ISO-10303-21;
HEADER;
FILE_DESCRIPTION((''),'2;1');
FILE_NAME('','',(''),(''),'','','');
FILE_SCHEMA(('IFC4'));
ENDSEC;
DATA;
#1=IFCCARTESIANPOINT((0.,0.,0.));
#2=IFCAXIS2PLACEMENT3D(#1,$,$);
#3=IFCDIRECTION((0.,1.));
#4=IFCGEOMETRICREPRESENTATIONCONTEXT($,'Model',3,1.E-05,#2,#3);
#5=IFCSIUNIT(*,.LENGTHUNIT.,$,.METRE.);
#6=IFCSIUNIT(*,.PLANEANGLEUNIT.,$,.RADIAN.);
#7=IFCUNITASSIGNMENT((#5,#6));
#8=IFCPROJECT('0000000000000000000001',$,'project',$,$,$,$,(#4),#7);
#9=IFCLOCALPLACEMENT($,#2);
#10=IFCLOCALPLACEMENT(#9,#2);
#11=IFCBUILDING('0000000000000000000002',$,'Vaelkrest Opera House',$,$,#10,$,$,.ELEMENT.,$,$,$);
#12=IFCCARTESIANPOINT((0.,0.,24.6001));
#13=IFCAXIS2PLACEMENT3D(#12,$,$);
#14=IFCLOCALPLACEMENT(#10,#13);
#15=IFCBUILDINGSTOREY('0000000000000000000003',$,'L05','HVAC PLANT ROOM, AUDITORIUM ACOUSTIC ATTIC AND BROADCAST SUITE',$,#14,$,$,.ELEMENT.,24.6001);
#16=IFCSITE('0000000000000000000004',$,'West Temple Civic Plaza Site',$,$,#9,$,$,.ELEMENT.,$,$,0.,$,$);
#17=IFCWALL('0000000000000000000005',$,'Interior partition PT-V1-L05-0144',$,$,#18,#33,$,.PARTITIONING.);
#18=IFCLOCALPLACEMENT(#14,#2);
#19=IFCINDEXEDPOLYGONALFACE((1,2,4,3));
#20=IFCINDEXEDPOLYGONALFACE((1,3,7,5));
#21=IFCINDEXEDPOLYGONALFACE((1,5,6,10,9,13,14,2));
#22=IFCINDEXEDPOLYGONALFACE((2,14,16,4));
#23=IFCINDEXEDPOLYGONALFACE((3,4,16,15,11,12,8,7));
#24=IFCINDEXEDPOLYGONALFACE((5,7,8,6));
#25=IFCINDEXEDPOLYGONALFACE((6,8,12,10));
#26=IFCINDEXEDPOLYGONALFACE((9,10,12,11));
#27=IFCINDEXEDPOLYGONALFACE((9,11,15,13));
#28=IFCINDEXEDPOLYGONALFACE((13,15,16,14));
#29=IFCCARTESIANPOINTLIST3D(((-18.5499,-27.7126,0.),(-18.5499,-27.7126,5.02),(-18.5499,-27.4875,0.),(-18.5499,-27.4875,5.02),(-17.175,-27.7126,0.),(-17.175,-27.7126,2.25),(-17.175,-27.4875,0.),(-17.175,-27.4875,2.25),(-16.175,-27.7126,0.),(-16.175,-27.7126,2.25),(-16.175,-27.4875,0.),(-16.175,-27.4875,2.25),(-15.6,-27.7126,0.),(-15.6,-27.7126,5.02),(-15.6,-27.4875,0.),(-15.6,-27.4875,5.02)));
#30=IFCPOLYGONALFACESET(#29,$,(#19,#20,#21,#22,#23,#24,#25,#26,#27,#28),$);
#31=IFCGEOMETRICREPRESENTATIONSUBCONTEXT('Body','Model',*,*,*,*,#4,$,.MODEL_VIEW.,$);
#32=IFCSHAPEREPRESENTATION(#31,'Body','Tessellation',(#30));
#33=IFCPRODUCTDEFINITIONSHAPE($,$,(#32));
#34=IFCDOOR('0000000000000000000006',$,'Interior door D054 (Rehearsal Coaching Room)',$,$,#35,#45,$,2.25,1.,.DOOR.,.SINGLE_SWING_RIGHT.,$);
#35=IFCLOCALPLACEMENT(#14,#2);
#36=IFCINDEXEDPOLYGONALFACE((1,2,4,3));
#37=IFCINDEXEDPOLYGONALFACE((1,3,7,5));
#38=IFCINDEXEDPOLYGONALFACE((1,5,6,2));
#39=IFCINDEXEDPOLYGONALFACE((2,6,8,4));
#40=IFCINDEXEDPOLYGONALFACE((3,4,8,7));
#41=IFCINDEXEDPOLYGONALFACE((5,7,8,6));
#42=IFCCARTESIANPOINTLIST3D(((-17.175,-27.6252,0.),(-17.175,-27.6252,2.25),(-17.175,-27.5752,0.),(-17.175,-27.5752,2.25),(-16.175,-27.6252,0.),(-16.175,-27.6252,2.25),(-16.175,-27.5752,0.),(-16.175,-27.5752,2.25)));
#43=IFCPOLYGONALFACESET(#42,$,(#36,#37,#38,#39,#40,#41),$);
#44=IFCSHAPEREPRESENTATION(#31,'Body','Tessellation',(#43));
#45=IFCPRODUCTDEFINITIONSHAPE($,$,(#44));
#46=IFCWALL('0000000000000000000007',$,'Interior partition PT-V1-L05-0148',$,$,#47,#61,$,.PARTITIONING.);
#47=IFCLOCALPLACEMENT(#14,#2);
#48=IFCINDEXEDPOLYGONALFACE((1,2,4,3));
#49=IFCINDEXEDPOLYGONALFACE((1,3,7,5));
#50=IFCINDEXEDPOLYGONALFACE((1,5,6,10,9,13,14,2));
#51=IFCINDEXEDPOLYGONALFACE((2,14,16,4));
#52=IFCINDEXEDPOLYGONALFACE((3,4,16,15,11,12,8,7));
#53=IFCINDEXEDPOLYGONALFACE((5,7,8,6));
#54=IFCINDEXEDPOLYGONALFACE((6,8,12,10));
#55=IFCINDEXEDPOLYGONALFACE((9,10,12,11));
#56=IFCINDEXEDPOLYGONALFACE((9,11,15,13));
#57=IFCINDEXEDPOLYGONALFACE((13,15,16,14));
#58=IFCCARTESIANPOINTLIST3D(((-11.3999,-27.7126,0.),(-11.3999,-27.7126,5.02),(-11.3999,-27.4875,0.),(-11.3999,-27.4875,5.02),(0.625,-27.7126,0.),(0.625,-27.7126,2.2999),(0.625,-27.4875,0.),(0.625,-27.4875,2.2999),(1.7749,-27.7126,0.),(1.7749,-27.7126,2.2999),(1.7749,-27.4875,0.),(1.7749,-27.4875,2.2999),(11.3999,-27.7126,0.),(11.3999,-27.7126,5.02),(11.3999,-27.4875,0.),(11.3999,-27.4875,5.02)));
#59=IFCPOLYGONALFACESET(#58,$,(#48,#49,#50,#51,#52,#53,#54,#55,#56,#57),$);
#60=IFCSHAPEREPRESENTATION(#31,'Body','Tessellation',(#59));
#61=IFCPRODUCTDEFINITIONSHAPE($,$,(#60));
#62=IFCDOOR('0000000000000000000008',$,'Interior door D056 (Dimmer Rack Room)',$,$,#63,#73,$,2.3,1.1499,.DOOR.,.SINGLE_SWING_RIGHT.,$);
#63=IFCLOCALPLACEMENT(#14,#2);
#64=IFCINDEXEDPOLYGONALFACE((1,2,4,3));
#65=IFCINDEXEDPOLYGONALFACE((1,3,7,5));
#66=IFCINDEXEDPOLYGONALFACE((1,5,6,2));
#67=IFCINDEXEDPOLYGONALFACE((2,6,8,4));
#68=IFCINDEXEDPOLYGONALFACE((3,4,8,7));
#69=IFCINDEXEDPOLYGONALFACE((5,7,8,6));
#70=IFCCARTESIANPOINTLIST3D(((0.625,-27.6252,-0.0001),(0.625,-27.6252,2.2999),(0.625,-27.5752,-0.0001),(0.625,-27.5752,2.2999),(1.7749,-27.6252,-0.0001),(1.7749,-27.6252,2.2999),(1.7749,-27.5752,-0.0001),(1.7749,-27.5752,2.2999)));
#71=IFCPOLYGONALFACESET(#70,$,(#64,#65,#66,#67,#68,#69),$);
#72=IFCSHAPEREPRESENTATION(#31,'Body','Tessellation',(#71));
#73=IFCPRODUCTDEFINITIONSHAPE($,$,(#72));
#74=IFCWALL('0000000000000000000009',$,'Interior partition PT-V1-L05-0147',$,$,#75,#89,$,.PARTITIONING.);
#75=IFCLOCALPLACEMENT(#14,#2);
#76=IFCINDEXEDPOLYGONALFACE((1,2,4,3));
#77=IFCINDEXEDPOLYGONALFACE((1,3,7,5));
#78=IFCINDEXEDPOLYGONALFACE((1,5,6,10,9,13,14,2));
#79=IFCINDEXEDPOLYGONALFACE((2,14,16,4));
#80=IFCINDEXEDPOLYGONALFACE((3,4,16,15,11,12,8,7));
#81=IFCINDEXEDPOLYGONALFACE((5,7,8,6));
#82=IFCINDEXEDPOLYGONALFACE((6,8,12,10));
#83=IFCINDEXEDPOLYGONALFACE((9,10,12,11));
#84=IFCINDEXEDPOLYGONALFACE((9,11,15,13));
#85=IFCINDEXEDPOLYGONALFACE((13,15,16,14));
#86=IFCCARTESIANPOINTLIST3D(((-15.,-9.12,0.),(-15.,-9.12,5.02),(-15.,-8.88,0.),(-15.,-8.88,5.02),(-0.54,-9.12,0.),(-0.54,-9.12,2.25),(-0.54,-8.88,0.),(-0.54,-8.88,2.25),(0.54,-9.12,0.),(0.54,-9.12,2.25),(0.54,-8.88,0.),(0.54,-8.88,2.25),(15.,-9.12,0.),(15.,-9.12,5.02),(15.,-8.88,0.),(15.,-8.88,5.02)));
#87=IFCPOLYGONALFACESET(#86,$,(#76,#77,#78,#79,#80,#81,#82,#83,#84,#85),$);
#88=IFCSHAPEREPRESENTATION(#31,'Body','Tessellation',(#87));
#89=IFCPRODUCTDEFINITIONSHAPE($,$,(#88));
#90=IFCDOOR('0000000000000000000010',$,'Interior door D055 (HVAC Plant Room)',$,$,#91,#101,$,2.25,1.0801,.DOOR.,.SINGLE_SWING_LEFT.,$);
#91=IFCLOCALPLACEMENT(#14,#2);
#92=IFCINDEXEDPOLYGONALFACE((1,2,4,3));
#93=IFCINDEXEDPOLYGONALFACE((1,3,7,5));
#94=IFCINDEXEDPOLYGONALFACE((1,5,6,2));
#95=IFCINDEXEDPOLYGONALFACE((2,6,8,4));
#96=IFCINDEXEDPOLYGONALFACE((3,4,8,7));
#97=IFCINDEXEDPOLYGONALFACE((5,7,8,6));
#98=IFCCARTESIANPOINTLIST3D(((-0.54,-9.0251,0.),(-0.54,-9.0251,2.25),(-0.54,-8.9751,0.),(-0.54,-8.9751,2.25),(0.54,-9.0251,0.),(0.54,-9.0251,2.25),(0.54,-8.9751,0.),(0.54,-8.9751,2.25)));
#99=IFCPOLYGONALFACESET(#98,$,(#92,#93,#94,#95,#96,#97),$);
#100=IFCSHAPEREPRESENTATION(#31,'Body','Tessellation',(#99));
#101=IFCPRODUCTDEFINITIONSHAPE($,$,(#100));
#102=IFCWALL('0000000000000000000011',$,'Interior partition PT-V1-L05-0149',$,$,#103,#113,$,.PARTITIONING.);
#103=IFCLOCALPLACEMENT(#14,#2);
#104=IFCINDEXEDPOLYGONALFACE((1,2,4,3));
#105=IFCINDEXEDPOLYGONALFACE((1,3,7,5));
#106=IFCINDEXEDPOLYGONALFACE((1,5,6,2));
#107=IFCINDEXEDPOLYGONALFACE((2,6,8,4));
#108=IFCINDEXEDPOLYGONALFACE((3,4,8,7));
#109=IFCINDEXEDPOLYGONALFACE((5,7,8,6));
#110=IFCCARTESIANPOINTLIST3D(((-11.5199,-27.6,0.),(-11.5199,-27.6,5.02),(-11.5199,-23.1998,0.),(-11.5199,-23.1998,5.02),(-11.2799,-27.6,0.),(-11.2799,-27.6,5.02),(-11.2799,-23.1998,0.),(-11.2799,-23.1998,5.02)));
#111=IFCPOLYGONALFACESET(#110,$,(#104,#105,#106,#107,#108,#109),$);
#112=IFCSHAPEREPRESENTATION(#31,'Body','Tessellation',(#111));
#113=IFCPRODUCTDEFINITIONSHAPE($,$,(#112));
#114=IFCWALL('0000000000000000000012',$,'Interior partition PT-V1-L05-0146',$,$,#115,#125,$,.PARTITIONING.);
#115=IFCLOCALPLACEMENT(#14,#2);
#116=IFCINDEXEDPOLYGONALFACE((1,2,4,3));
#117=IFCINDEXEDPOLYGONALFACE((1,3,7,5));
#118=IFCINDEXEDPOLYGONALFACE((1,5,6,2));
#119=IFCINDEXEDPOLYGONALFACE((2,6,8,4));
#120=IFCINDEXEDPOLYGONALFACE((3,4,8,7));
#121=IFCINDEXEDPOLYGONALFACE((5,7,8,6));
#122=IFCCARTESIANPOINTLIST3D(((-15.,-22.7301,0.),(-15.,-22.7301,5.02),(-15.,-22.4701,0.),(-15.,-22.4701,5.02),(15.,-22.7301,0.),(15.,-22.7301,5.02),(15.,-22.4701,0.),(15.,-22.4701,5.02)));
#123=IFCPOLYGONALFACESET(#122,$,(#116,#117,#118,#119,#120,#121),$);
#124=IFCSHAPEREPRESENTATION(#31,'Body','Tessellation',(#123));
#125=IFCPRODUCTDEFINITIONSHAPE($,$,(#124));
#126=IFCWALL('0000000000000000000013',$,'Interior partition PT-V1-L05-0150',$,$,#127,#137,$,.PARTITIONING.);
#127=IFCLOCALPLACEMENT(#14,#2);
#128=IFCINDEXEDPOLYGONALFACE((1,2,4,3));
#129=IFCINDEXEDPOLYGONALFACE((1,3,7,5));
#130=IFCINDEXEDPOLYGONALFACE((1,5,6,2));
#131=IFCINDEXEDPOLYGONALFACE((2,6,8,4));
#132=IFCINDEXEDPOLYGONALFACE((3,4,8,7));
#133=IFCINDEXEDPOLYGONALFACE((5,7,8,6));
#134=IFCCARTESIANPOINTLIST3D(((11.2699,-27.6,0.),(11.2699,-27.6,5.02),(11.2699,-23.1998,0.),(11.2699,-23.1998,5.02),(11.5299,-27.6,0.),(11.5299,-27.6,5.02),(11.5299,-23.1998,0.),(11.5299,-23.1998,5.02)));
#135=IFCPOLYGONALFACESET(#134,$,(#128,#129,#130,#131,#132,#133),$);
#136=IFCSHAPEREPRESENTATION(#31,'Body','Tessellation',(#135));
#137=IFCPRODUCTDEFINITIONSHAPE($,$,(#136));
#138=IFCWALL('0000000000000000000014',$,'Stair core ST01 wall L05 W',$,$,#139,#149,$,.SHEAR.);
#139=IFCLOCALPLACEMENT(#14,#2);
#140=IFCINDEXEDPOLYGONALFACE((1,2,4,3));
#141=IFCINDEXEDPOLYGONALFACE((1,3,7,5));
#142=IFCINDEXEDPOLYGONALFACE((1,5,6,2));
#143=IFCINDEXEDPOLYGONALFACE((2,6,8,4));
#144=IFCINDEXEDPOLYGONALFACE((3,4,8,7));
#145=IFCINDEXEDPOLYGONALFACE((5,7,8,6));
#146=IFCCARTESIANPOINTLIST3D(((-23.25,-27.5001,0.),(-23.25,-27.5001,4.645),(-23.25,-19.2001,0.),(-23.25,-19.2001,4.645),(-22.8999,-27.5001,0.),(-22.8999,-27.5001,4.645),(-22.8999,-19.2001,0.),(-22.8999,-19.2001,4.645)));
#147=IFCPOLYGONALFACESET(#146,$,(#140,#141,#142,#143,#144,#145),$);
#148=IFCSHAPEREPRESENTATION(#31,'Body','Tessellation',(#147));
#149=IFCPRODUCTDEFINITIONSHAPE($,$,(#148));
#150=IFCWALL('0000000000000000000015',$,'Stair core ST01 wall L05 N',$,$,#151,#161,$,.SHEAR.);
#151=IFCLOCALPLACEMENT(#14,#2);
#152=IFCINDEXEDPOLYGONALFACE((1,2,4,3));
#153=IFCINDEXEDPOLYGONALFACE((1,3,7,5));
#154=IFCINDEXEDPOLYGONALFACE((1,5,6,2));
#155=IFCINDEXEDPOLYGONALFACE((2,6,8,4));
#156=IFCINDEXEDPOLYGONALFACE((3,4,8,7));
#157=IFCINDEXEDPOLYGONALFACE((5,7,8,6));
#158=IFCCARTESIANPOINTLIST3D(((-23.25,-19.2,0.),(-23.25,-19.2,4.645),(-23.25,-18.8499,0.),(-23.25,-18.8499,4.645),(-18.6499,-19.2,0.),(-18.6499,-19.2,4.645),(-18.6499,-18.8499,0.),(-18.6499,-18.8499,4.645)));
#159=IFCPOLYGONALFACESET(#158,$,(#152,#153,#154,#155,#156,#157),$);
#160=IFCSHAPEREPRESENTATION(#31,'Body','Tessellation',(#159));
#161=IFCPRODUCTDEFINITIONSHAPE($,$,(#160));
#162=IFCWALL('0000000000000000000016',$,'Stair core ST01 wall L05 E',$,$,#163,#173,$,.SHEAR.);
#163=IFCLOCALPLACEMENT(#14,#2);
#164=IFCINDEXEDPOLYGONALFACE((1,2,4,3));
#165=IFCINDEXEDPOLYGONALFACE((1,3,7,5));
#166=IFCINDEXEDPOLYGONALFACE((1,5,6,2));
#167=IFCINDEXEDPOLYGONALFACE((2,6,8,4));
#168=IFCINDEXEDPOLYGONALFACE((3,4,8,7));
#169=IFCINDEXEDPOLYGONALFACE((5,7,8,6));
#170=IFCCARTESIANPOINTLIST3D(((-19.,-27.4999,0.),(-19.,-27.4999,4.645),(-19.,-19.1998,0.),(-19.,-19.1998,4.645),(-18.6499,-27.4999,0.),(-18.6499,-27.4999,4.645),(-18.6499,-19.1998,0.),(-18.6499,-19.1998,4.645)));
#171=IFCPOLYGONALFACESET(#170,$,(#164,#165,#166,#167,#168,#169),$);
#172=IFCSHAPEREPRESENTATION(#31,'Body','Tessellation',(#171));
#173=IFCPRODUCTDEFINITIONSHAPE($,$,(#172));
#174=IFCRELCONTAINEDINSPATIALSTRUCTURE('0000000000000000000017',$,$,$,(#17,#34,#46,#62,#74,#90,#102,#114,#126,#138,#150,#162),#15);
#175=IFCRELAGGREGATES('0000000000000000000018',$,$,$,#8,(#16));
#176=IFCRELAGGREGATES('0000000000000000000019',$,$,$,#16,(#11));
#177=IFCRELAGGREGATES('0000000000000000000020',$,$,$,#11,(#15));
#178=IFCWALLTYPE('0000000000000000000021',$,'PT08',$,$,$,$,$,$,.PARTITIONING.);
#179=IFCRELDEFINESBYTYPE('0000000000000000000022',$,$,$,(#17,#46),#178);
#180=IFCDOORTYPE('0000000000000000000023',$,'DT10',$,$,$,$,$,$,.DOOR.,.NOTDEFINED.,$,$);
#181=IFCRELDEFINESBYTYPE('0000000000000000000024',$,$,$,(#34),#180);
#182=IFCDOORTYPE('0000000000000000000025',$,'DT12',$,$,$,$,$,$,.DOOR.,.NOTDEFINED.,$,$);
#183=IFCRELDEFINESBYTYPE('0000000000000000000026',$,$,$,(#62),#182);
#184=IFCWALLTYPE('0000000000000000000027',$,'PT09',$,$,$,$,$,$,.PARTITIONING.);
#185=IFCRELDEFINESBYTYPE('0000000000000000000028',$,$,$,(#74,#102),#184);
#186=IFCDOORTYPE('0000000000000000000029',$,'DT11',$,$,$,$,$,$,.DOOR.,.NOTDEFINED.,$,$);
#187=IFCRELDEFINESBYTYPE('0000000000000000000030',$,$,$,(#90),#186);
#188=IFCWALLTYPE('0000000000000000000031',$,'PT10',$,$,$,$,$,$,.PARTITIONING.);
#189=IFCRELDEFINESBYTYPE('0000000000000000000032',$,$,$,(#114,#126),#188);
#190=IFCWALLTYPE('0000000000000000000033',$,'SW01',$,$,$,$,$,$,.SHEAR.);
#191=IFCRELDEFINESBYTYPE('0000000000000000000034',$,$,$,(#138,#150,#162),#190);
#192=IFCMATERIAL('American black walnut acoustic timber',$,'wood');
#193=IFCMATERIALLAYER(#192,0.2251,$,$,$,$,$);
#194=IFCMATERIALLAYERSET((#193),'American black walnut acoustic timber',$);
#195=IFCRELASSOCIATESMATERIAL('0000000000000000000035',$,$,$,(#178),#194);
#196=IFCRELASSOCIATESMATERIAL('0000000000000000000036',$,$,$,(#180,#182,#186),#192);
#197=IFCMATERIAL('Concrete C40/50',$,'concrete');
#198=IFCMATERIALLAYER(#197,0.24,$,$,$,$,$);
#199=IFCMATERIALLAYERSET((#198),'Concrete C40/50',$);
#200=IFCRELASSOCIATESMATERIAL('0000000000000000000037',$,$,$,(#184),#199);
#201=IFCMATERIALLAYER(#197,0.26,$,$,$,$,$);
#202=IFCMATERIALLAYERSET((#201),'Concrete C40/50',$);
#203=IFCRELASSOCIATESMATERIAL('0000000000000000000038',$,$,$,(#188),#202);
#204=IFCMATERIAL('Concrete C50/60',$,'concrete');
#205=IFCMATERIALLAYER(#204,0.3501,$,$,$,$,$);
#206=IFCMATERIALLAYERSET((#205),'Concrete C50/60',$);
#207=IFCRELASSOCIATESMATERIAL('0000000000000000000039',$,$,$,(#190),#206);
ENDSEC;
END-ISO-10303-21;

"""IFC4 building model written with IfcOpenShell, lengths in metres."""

from ifc_helpers import new_model, si_unit, direction, frame, frame_2d, origin, place, context, subcontext, project, spatial, rectangle, extrude, material, layer, layer_set, type_object, element, fill, save


model = new_model("IFC4")

# Units and contexts
model_context = context("Model", 3, precision=1e-05, world=origin(), true_north=direction((0.0, 1.0)))
body_context = subcontext(model_context, "Body", "Model", "MODEL_VIEW")
ifc_project = project(units=[si_unit("LENGTHUNIT", "METRE"), si_unit("PLANEANGLEUNIT", "RADIAN")], contexts=[model_context])

# Site, building, storey
site_placement = place(None, origin())
site = spatial("IfcSite", under=ifc_project, at=site_placement, Name="West Temple Civic Plaza Site", CompositionType="ELEMENT", RefElevation=0.0)
building_placement = place(site_placement, origin())
building = spatial("IfcBuilding", under=site, at=building_placement, Name="Vaelkrest Opera House", CompositionType="ELEMENT")
storey_placement = place(building_placement, frame((0.0, 0.0, 24.6001)))
storey = spatial("IfcBuildingStorey", under=building, at=storey_placement, Name="L05", Description="HVAC PLANT ROOM, AUDITORIUM ACOUSTIC ATTIC AND BROADCAST SUITE", CompositionType="ELEMENT", Elevation=24.6001)

# Shared definitions
ifc_material_1 = material(Name="Concrete C50/60", Category="concrete")

# Shared definitions
ifc_material_2 = material(Name="American black walnut acoustic timber", Category="wood")

# Walls, openings, doors
ifc_layer_1 = layer(ifc_material_2, 0.2251)
ifc_layer_set_1 = layer_set([ifc_layer_1], Name="American black walnut acoustic timber")
wall_type_1 = type_object("IfcWallType", Name="PT08", PredefinedType="PARTITIONING", material=ifc_layer_set_1)
wall_1_placement = place(storey_placement, frame((-18.55, -27.6001, 0.0), z_axis=(0.0, 0.0, 1.0), x_axis=(1.0, 0.0, 0.0)))
wall_1 = element("IfcWall", 1, at=wall_1_placement, inside=storey, type_object=wall_type_1, Name="Interior partition PT-V1-L05-0144", PredefinedType="PARTITIONING", context=body_context, shape_type="SweptSolid", body=[
    extrude(rectangle(XDim=2.95, YDim=0.2251, at=frame_2d((1.4751, 0.0))), origin(), (0.0, 0.0, 1.0), 5.02),
])
opening_1_placement = place(wall_1_placement, frame((1.375, 0.0, 0.0)))
opening_1 = element("IfcOpeningElement", 2, at=opening_1_placement, cuts=wall_1, PredefinedType="OPENING", context=body_context, shape_type="SweptSolid", body=[
    extrude(rectangle(XDim=1.0, YDim=2.25, at=frame_2d((0.5, 1.125))), frame((0.0, 0.1226, 0.0), z_axis=(0.0, -1.0, 0.0), x_axis=(1.0, 0.0, 0.0)), (0.0, 0.0, 1.0), 0.2451),
])
door_type_1 = type_object("IfcDoorType", Name="DT10", OperationType="NOTDEFINED", PredefinedType="DOOR", material=ifc_material_2)
door_1_placement = place(opening_1_placement, origin())
door_1 = element("IfcDoor", 3, at=door_1_placement, inside=storey, type_object=door_type_1, Name="Interior door D054 (Rehearsal Coaching Room)", OperationType="SINGLE_SWING_RIGHT", OverallHeight=2.25, OverallWidth=1.0, PredefinedType="DOOR", context=body_context, shape_type="SweptSolid", body=[
    extrude(rectangle(XDim=1.0, YDim=2.25, at=frame_2d((0.5, 1.125))), frame((0.0, 0.0249, 0.0), z_axis=(0.0, -1.0, 0.0), x_axis=(1.0, 0.0, 0.0)), (0.0, 0.0, 1.0), 0.05),
])
fill(opening_1, door_1)
wall_2_placement = place(storey_placement, frame((-11.3999, -27.6001, 0.0), z_axis=(0.0, 0.0, 1.0), x_axis=(1.0, 0.0, 0.0)))
wall_2 = element("IfcWall", 4, at=wall_2_placement, inside=storey, type_object=wall_type_1, Name="Interior partition PT-V1-L05-0148", PredefinedType="PARTITIONING", context=body_context, shape_type="SweptSolid", body=[
    extrude(rectangle(XDim=22.7998, YDim=0.2251, at=frame_2d((11.3999, 0.0))), origin(), (0.0, 0.0, 1.0), 5.02),
])
opening_2_placement = place(wall_2_placement, frame((12.0249, 0.0, 0.0)))
opening_2 = element("IfcOpeningElement", 5, at=opening_2_placement, cuts=wall_2, PredefinedType="OPENING", context=body_context, shape_type="SweptSolid", body=[
    extrude(rectangle(XDim=1.1499, YDim=2.3, at=frame_2d((0.575, 1.1499))), frame((0.0, 0.1226, 0.0), z_axis=(0.0, -1.0, 0.0), x_axis=(1.0, 0.0, 0.0)), (0.0, 0.0, 1.0), 0.2451),
])
door_type_2 = type_object("IfcDoorType", Name="DT12", OperationType="NOTDEFINED", PredefinedType="DOOR", material=ifc_material_2)
door_2_placement = place(opening_2_placement, origin())
door_2 = element("IfcDoor", 6, at=door_2_placement, inside=storey, type_object=door_type_2, Name="Interior door D056 (Dimmer Rack Room)", OperationType="SINGLE_SWING_RIGHT", OverallHeight=2.3, OverallWidth=1.1499, PredefinedType="DOOR", context=body_context, shape_type="SweptSolid", body=[
    extrude(rectangle(XDim=1.1499, YDim=2.3, at=frame_2d((0.575, 1.1499))), frame((0.0, 0.0249, 0.0), z_axis=(0.0, -1.0, 0.0), x_axis=(1.0, 0.0, 0.0)), (0.0, 0.0, 1.0), 0.05),
])
fill(opening_2, door_2)
ifc_material_3 = material(Name="Concrete C40/50", Category="concrete")
ifc_layer_2 = layer(ifc_material_3, 0.24)
ifc_layer_set_2 = layer_set([ifc_layer_2], Name="Concrete C40/50")
wall_type_2 = type_object("IfcWallType", Name="PT09", PredefinedType="PARTITIONING", material=ifc_layer_set_2)
wall_3_placement = place(storey_placement, frame((-15.0, -9.0, 0.0), z_axis=(0.0, 0.0, 1.0), x_axis=(1.0, 0.0, 0.0)))
wall_3 = element("IfcWall", 7, at=wall_3_placement, inside=storey, type_object=wall_type_2, Name="Interior partition PT-V1-L05-0147", PredefinedType="PARTITIONING", context=body_context, shape_type="SweptSolid", body=[
    extrude(rectangle(XDim=30.0, YDim=0.24, at=frame_2d((15.0, 0.0))), origin(), (0.0, 0.0, 1.0), 5.02),
])
opening_3_placement = place(wall_3_placement, frame((14.46, 0.0, 0.0)))
opening_3 = element("IfcOpeningElement", 8, at=opening_3_placement, cuts=wall_3, PredefinedType="OPENING", context=body_context, shape_type="SweptSolid", body=[
    extrude(rectangle(XDim=1.0801, YDim=2.25, at=frame_2d((0.54, 1.125))), frame((0.0, 0.1299, 0.0), z_axis=(0.0, -1.0, 0.0), x_axis=(1.0, 0.0, 0.0)), (0.0, 0.0, 1.0), 0.26),
])
door_type_3 = type_object("IfcDoorType", Name="DT11", OperationType="NOTDEFINED", PredefinedType="DOOR", material=ifc_material_2)
door_3_placement = place(opening_3_placement, origin())
door_3 = element("IfcDoor", 9, at=door_3_placement, inside=storey, type_object=door_type_3, Name="Interior door D055 (HVAC Plant Room)", OperationType="SINGLE_SWING_LEFT", OverallHeight=2.25, OverallWidth=1.0801, PredefinedType="DOOR", context=body_context, shape_type="SweptSolid", body=[
    extrude(rectangle(XDim=1.0801, YDim=2.25, at=frame_2d((0.54, 1.125))), frame((0.0, 0.0249, 0.0), z_axis=(0.0, -1.0, 0.0), x_axis=(1.0, 0.0, 0.0)), (0.0, 0.0, 1.0), 0.05),
])
fill(opening_3, door_3)

# Walls
wall_4_placement = place(storey_placement, frame((-11.3999, -27.6001, 0.0), z_axis=(0.0, 0.0, 1.0), x_axis=(0.0, 1.0, 0.0)))
element("IfcWall", 10, at=wall_4_placement, inside=storey, type_object=wall_type_2, Name="Interior partition PT-V1-L05-0149", PredefinedType="PARTITIONING", context=body_context, shape_type="SweptSolid", body=[
    extrude(rectangle(XDim=4.4001, YDim=0.24, at=frame_2d((2.2002, 0.0))), origin(), (0.0, 0.0, 1.0), 5.02),
])
ifc_layer_3 = layer(ifc_material_3, 0.26)
ifc_layer_set_3 = layer_set([ifc_layer_3], Name="Concrete C40/50")
wall_type_3 = type_object("IfcWallType", Name="PT10", PredefinedType="PARTITIONING", material=ifc_layer_set_3)
wall_5_placement = place(storey_placement, frame((-15.0, -22.6001, 0.0), z_axis=(0.0, 0.0, 1.0), x_axis=(1.0, 0.0, 0.0)))
element("IfcWall", 11, at=wall_5_placement, inside=storey, type_object=wall_type_3, Name="Interior partition PT-V1-L05-0146", PredefinedType="PARTITIONING", context=body_context, shape_type="SweptSolid", body=[
    extrude(rectangle(XDim=30.0, YDim=0.26, at=frame_2d((15.0, 0.0))), origin(), (0.0, 0.0, 1.0), 5.02),
])
wall_6_placement = place(storey_placement, frame((11.3999, -27.6001, 0.0), z_axis=(0.0, 0.0, 1.0), x_axis=(0.0, 1.0, 0.0)))
element("IfcWall", 12, at=wall_6_placement, inside=storey, type_object=wall_type_3, Name="Interior partition PT-V1-L05-0150", PredefinedType="PARTITIONING", context=body_context, shape_type="SweptSolid", body=[
    extrude(rectangle(XDim=4.4001, YDim=0.26, at=frame_2d((2.2002, 0.0))), origin(), (0.0, 0.0, 1.0), 5.02),
])

# Shared definitions
ifc_layer_4 = layer(ifc_material_1, 0.3501)
ifc_layer_set_4 = layer_set([ifc_layer_4], Name="Concrete C50/60")
wall_type_4 = type_object("IfcWallType", Name="SW01", PredefinedType="SHEAR", material=ifc_layer_set_4)

# Walls
wall_7_placement = place(storey_placement, frame((-23.075, -27.5, 0.0), z_axis=(0.0, 0.0, 1.0), x_axis=(0.0, 1.0, 0.0)))
element("IfcWall", 13, at=wall_7_placement, inside=storey, type_object=wall_type_4, Name="Stair core ST01 wall L05 W", PredefinedType="SHEAR", context=body_context, shape_type="SweptSolid", body=[
    extrude(rectangle(XDim=8.3, YDim=0.3501, at=frame_2d((4.1499, 0.0))), origin(), (0.0, 0.0, 1.0), 4.645),
])
wall_8_placement = place(storey_placement, frame((-23.25, -19.0249, 0.0), z_axis=(0.0, 0.0, 1.0), x_axis=(1.0, 0.0, 0.0)))
element("IfcWall", 14, at=wall_8_placement, inside=storey, type_object=wall_type_4, Name="Stair core ST01 wall L05 N", PredefinedType="SHEAR", context=body_context, shape_type="SweptSolid", body=[
    extrude(rectangle(XDim=4.6001, YDim=0.3501, at=frame_2d((2.3, 0.0))), origin(), (0.0, 0.0, 1.0), 4.645),
])
wall_9_placement = place(storey_placement, frame((-18.825, -19.2, 0.0), z_axis=(0.0, 0.0, 1.0), x_axis=(0.0, -1.0, 0.0)))
element("IfcWall", 15, at=wall_9_placement, inside=storey, type_object=wall_type_4, Name="Stair core ST01 wall L05 E", PredefinedType="SHEAR", context=body_context, shape_type="SweptSolid", body=[
    extrude(rectangle(XDim=8.3, YDim=0.3501, at=frame_2d((4.1499, 0.0))), origin(), (0.0, 0.0, 1.0), 4.645),
])

save(model, "model.ifc")
